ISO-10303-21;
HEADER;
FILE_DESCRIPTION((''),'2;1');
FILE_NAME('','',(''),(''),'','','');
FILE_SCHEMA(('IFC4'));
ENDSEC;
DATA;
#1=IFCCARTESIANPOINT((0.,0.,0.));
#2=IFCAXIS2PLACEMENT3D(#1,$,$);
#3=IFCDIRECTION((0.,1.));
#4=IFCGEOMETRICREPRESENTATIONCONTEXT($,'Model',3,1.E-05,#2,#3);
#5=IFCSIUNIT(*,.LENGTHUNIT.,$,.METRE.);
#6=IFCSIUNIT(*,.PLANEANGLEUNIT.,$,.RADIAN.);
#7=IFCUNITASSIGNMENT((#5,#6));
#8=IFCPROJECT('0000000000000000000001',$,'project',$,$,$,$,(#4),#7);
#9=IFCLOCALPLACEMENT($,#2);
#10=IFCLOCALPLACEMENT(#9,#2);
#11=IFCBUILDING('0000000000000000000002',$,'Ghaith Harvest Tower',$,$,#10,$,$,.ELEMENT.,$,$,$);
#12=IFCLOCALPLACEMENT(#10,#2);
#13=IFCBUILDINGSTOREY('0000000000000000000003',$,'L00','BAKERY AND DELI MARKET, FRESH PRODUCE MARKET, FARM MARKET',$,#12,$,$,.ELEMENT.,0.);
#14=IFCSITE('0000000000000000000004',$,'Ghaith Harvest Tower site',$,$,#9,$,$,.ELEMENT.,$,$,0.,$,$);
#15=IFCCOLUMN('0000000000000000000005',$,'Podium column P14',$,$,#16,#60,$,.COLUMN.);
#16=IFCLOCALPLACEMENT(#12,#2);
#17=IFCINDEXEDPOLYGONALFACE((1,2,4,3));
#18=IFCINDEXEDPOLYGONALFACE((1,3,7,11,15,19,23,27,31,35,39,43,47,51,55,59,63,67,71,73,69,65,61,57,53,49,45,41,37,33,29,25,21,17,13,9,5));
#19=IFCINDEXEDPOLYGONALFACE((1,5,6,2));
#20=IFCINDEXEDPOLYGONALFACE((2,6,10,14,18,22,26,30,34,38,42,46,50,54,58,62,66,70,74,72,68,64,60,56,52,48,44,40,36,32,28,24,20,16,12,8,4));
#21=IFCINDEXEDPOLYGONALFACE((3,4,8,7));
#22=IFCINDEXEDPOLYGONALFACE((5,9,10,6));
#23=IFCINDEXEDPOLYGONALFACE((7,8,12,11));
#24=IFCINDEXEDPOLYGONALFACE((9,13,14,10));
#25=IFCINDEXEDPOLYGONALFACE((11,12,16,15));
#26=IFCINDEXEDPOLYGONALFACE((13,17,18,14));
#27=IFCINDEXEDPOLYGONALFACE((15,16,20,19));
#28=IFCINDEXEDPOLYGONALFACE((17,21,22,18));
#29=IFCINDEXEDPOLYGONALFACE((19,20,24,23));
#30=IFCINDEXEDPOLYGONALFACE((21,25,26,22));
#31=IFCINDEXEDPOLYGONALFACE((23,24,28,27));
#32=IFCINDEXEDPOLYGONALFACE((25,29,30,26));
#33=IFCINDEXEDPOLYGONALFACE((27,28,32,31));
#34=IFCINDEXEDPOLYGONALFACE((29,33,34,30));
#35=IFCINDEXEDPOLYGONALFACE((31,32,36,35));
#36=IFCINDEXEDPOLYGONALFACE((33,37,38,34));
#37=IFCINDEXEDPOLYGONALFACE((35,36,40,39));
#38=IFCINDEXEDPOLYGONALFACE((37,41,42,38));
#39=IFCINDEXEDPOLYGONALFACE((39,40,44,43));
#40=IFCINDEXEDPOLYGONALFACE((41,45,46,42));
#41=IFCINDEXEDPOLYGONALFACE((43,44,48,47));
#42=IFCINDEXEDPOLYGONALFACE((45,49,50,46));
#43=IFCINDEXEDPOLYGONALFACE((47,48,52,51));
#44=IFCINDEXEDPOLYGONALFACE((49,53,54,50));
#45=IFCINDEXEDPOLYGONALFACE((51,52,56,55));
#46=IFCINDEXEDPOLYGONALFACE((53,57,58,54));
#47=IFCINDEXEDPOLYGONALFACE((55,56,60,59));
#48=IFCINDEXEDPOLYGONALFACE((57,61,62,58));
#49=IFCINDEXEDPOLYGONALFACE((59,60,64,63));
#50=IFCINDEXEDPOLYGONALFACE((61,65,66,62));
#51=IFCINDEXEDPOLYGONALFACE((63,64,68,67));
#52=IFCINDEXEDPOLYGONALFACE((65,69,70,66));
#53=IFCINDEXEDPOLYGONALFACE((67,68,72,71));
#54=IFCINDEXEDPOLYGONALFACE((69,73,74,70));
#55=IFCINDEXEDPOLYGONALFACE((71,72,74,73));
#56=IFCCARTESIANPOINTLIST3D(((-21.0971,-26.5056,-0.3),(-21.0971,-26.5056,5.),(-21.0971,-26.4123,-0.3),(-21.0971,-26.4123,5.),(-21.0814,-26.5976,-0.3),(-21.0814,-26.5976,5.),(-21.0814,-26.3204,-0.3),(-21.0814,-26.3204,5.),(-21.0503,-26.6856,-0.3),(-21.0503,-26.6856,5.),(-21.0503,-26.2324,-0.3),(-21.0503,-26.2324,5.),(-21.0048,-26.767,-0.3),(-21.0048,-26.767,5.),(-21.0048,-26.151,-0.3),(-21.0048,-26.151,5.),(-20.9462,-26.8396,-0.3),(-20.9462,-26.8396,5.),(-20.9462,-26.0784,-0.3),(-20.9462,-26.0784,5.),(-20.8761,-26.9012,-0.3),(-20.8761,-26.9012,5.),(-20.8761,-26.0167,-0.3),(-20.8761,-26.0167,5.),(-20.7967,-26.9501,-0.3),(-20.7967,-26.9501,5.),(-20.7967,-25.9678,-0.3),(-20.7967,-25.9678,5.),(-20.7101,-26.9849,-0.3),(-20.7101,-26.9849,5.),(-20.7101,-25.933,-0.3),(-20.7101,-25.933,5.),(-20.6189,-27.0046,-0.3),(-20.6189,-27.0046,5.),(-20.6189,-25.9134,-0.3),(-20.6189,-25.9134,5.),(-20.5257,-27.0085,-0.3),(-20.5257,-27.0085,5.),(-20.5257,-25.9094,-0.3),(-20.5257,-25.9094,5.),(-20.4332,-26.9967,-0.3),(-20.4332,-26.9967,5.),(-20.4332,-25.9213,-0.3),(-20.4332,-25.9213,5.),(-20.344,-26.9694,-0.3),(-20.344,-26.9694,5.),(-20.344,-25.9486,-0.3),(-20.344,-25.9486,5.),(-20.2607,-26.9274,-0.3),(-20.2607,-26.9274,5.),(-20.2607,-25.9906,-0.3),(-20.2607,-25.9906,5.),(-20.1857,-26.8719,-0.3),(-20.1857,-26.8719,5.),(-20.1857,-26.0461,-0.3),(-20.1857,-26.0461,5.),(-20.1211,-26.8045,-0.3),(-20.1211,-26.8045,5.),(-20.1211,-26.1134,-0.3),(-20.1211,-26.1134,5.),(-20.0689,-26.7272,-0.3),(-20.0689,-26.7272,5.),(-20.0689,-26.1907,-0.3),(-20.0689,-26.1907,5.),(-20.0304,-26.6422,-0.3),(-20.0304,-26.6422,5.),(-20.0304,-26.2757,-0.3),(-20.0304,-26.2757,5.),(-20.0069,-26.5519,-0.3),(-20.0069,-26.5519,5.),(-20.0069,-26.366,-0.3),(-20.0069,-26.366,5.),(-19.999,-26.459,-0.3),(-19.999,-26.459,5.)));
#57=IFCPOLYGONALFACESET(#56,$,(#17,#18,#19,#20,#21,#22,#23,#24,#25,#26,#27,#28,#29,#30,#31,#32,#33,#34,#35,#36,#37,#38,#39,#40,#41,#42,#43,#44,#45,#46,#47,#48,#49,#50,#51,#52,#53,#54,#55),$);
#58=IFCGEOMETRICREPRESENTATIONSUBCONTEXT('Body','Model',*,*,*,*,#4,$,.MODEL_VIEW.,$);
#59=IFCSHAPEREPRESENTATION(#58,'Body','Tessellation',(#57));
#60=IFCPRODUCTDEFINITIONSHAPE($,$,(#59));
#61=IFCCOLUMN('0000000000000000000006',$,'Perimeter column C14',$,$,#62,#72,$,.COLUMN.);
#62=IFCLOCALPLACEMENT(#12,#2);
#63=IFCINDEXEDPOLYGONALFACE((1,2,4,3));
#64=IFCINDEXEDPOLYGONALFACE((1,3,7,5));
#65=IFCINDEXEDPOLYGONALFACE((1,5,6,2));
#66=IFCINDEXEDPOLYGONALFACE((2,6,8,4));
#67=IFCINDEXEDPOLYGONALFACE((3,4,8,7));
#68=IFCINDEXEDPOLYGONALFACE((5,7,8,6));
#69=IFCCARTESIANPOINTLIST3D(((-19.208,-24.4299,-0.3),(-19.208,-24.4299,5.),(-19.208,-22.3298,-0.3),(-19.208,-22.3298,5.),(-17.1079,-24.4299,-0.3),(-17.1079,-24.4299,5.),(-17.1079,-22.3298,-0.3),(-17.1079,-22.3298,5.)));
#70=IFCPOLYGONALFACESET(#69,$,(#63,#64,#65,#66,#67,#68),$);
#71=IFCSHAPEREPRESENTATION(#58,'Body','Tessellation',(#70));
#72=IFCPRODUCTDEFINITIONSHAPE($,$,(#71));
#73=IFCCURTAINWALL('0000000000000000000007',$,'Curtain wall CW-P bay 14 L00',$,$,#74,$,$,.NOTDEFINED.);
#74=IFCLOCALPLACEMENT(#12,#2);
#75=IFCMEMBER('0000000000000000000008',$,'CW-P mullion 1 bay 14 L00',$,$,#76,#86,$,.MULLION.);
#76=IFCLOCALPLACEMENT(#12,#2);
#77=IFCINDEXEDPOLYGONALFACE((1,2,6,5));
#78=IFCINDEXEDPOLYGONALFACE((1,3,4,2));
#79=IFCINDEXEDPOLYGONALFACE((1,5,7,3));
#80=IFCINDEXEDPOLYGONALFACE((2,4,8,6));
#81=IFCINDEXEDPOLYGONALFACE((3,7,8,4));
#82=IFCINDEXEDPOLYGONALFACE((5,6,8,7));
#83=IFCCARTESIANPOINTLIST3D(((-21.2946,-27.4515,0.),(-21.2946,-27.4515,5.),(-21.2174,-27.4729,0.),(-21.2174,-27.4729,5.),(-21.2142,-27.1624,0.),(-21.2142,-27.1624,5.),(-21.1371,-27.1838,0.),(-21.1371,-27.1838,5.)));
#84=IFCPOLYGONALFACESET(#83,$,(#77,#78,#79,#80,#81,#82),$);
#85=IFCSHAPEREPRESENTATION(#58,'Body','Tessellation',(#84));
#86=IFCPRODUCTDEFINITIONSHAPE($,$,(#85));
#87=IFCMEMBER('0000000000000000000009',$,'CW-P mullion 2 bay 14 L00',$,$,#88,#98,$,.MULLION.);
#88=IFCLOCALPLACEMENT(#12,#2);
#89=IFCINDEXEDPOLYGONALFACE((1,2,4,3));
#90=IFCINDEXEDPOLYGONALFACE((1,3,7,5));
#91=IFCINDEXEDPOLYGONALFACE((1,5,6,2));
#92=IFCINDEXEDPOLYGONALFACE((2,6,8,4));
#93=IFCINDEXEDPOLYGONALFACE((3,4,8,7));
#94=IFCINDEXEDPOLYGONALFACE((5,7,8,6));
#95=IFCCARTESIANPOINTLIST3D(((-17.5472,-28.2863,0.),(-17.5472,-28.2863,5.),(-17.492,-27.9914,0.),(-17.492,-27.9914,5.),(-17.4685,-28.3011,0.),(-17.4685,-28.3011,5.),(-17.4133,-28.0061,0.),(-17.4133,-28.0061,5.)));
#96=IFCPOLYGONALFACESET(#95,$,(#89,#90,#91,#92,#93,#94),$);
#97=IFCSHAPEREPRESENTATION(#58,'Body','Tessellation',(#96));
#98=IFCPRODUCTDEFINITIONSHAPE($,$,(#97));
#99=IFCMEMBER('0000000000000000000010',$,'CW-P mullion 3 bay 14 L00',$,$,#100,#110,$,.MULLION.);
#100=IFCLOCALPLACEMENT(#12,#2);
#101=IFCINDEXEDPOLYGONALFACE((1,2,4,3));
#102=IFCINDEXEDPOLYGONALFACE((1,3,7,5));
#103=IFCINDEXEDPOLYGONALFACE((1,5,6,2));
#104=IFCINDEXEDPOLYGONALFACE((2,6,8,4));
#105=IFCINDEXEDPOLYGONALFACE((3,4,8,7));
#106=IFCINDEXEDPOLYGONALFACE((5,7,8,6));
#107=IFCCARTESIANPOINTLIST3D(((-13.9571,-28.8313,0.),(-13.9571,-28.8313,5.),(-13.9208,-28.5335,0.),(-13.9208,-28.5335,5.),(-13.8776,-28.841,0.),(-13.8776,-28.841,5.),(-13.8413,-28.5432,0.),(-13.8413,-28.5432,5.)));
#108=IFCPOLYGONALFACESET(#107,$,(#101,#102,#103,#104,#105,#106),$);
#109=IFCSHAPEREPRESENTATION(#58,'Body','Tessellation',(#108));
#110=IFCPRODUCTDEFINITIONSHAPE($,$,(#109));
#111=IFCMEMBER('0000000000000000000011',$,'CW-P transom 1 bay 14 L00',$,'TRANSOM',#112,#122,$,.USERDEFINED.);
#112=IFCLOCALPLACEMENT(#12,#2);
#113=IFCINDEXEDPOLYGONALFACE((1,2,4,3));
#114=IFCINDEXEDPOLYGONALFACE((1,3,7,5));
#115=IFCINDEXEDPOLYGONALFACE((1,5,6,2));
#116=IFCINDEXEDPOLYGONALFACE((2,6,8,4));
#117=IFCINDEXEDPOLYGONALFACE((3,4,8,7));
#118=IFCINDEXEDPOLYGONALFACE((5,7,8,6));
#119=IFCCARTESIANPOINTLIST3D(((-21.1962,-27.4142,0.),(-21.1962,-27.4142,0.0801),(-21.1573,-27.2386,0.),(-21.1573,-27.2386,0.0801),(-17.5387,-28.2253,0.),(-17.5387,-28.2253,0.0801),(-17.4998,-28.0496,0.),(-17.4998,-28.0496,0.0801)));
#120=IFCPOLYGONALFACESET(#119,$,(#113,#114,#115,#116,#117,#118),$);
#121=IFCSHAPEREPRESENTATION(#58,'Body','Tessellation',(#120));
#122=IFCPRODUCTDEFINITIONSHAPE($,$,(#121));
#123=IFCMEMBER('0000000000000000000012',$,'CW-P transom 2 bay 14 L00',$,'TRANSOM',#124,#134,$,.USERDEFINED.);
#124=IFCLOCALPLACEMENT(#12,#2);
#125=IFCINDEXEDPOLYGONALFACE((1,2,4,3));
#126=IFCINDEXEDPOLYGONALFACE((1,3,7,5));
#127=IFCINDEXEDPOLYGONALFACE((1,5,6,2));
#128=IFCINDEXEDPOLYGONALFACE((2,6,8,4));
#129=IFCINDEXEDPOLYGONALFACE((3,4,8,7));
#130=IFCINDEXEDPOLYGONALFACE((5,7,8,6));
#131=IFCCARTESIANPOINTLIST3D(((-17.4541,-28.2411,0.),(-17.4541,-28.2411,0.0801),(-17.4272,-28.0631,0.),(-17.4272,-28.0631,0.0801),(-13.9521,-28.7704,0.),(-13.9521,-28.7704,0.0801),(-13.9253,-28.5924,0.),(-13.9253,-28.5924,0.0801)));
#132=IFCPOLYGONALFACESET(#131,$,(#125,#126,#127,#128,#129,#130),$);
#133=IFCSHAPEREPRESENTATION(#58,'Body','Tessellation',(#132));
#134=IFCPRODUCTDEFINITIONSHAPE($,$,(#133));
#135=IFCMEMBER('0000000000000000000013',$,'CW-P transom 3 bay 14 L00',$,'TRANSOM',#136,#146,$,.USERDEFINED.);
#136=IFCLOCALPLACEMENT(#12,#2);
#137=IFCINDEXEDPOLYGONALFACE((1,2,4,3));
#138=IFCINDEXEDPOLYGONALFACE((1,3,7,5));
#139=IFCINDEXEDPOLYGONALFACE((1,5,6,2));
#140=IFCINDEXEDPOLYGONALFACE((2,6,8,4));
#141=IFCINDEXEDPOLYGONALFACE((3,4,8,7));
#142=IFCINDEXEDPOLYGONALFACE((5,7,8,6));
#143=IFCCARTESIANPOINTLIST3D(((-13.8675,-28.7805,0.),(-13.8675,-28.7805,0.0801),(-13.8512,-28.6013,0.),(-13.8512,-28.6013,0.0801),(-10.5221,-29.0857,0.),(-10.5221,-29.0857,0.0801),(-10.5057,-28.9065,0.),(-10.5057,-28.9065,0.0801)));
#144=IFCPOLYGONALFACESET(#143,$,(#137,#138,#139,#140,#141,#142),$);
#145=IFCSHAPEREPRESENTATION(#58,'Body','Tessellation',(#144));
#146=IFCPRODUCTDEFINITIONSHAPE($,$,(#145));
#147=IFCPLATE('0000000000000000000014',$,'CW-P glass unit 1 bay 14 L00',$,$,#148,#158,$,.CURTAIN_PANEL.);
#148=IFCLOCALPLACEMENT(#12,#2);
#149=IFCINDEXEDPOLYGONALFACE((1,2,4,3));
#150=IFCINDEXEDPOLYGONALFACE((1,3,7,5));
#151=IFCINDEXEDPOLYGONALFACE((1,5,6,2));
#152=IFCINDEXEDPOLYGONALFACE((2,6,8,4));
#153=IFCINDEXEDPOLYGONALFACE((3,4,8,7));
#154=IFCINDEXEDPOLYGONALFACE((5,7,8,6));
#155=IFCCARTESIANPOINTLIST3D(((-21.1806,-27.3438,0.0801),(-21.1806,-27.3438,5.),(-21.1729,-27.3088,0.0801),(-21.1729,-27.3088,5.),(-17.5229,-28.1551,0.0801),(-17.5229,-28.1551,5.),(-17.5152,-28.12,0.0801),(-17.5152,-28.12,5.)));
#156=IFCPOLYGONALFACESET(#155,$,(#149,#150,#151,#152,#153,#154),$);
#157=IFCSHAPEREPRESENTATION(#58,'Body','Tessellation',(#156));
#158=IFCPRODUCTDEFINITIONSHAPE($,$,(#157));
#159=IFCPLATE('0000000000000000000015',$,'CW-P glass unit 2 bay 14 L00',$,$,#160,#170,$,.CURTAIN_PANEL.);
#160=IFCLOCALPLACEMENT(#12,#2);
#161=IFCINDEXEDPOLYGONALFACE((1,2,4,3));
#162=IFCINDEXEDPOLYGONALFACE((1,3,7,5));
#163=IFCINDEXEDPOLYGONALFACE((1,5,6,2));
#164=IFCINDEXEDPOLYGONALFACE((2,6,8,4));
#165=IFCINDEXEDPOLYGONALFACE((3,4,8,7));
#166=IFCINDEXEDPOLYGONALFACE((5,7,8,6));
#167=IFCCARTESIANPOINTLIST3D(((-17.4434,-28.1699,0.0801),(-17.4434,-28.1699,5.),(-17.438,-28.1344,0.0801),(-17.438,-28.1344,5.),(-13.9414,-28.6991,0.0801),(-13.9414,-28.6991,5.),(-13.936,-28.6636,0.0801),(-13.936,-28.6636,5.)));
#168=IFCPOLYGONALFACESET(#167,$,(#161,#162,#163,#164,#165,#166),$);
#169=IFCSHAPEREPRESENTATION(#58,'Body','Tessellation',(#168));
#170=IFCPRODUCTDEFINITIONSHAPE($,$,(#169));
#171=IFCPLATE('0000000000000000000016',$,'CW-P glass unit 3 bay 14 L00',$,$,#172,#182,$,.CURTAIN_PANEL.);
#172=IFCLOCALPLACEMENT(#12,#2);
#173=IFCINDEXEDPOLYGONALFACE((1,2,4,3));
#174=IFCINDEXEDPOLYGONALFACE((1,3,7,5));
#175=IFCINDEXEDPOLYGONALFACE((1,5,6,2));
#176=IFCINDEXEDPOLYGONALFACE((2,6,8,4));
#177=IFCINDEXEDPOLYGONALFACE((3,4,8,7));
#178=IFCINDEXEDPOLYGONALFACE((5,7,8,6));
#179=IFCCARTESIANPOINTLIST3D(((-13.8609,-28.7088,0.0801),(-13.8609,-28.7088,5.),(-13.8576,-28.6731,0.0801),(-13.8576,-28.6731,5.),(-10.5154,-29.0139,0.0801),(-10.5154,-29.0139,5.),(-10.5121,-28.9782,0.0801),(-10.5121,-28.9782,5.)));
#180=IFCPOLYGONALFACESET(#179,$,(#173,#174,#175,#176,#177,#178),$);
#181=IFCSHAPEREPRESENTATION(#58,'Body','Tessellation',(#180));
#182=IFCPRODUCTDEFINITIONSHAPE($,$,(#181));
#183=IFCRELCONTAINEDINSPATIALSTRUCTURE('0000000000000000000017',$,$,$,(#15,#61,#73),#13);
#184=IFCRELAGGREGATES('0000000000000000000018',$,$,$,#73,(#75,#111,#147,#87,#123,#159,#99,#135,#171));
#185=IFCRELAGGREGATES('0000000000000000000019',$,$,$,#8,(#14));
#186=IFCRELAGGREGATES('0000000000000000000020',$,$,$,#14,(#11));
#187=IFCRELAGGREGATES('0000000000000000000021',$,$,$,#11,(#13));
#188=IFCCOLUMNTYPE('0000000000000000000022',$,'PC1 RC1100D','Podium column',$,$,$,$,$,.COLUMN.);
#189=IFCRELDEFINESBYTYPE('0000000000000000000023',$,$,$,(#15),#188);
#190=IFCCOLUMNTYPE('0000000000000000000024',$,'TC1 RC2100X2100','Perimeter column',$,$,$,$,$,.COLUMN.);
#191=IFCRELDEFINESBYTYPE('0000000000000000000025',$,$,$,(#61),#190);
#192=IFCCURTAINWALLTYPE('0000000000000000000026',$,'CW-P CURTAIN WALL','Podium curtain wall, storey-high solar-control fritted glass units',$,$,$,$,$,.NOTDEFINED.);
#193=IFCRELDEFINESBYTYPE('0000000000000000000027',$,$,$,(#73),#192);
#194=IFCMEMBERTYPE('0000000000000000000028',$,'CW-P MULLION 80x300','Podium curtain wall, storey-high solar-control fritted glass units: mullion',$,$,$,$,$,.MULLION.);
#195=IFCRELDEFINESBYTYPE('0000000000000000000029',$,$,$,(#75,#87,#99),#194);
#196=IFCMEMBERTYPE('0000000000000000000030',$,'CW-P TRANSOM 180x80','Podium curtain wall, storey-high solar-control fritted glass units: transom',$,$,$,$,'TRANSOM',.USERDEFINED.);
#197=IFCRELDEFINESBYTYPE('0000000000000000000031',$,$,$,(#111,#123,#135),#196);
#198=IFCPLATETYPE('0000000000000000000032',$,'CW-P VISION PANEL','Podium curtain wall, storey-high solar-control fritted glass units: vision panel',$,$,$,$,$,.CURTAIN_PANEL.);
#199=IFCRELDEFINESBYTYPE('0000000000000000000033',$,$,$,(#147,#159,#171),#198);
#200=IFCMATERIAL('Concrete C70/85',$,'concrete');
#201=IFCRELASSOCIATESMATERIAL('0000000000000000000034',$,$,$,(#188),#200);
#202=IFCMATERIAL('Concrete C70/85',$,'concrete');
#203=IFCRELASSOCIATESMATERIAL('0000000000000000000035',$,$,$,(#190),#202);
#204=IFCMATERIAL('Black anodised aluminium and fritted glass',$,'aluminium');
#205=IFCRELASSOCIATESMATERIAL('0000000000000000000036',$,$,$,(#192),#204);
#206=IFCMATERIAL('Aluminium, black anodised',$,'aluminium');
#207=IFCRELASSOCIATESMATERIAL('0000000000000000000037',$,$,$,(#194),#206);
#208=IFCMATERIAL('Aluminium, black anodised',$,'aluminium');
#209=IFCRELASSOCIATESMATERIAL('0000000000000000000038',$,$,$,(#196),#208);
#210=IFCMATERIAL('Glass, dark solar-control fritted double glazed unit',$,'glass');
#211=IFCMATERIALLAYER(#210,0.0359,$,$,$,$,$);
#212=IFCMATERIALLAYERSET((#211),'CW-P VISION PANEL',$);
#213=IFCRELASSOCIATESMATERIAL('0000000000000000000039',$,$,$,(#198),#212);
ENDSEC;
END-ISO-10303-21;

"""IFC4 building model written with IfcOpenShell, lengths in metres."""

from ifc_helpers import new_model, si_unit, direction, frame, origin, origin_2d, place, context, subcontext, project, spatial, rectangle, circle, extrude, material, layer, layer_set, material_profile, profile_set, type_object, element, aggregate, save


model = new_model("IFC4")

# Units and contexts
model_context = context("Model", 3, precision=1e-05, world=origin(), true_north=direction((0.0, 1.0)))
body_context = subcontext(model_context, "Body", "Model", "MODEL_VIEW")
ifc_project = project(units=[si_unit("LENGTHUNIT", "METRE"), si_unit("PLANEANGLEUNIT", "RADIAN")], contexts=[model_context])

# Site, building, storey
site_placement = place(None, origin())
site = spatial("IfcSite", under=ifc_project, at=site_placement, Name="Ghaith Harvest Tower site", CompositionType="ELEMENT", RefElevation=0.0)
building_placement = place(site_placement, origin())
building = spatial("IfcBuilding", under=site, at=building_placement, Name="Ghaith Harvest Tower", CompositionType="ELEMENT")
storey_placement = place(building_placement, origin())
storey = spatial("IfcBuildingStorey", under=building, at=storey_placement, Name="L00", Description="BAKERY AND DELI MARKET, FRESH PRODUCE MARKET, FARM MARKET", CompositionType="ELEMENT", Elevation=0.0)

# Columns
ifc_material_1 = material(Name="Concrete C70/85", Category="concrete")
ifc_material_profile_1 = material_profile(ifc_material_1, circle(Radius=0.55, at=origin_2d()), Name="RC1100D")
ifc_profile_set_1 = profile_set([ifc_material_profile_1], Name="Concrete C70/85")
column_type_1 = type_object("IfcColumnType", Name="PC1 RC1100D", Description="Podium column", PredefinedType="COLUMN", material=ifc_profile_set_1)
column_1_placement = place(storey_placement, frame((-20.5491, -26.459, -0.3), z_axis=(0.0, 0.0, 1.0), x_axis=(1.0, 0.0, 0.0)))
element("IfcColumn", 1, at=column_1_placement, inside=storey, type_object=column_type_1, Name="Podium column P14", PredefinedType="COLUMN", context=body_context, shape_type="SweptSolid", body=[
    extrude(circle(Radius=0.55, at=origin_2d()), origin(), (0.0, 0.0, 1.0), 5.3),
])
ifc_material_2 = material(Name="Concrete C70/85", Category="concrete")
ifc_material_profile_2 = material_profile(ifc_material_2, rectangle(XDim=2.1001, YDim=2.1001, at=origin_2d()), Name="RC2100X2100")
ifc_profile_set_2 = profile_set([ifc_material_profile_2], Name="Concrete C70/85")
column_type_2 = type_object("IfcColumnType", Name="TC1 RC2100X2100", Description="Perimeter column", PredefinedType="COLUMN", material=ifc_profile_set_2)
column_2_placement = place(storey_placement, frame((-18.158, -23.3799, -0.3), z_axis=(0.0, 0.0, 1.0), x_axis=(1.0, 0.0, 0.0)))
element("IfcColumn", 2, at=column_2_placement, inside=storey, type_object=column_type_2, Name="Perimeter column C14", PredefinedType="COLUMN", context=body_context, shape_type="SweptSolid", body=[
    extrude(rectangle(XDim=2.1001, YDim=2.1001, at=origin_2d()), origin(), (0.0, 0.0, 1.0), 5.3),
])

# Curtain wall, members, plates
ifc_material_3 = material(Name="Black anodised aluminium and fritted glass", Category="aluminium")
curtain_wall_type = type_object("IfcCurtainWallType", Name="CW-P CURTAIN WALL", Description="Podium curtain wall, storey-high solar-control fritted glass units", PredefinedType="NOTDEFINED", material=ifc_material_3)
curtain_wall_placement = place(storey_placement, origin())
curtain_wall = element("IfcCurtainWall", 3, at=curtain_wall_placement, inside=storey, type_object=curtain_wall_type, Name="Curtain wall CW-P bay 14 L00", PredefinedType="NOTDEFINED")
ifc_material_4 = material(Name="Aluminium, black anodised", Category="aluminium")
ifc_material_profile_3 = material_profile(ifc_material_4, rectangle(XDim=0.0801, YDim=0.3, at=origin_2d()), Name="CW-P MULLION 80x300")
ifc_profile_set_3 = profile_set([ifc_material_profile_3], Name="Aluminium, black anodised")
member_type_1 = type_object("IfcMemberType", Name="CW-P MULLION 80x300", Description="Podium curtain wall, storey-high solar-control fritted glass units: mullion", PredefinedType="MULLION", material=ifc_profile_set_3)
member_1_placement = place(storey_placement, frame((-21.2158, -27.3176, 0.0), z_axis=(0.0, 0.0, 1.0), x_axis=(0.963516, -0.267652, 0.0)))
member_1 = element("IfcMember", 4, at=member_1_placement, type_object=member_type_1, Name="CW-P mullion 1 bay 14 L00", PredefinedType="MULLION", context=body_context, shape_type="SweptSolid", body=[
    extrude(rectangle(XDim=0.0801, YDim=0.3, at=origin_2d()), origin(), (0.0, 0.0, 1.0), 5.0),
])
member_2_placement = place(storey_placement, frame((-17.4802, -28.1462, 0.0), z_axis=(0.0, 0.0, 1.0), x_axis=(0.982926, -0.184001, 0.0)))
member_2 = element("IfcMember", 5, at=member_2_placement, type_object=member_type_1, Name="CW-P mullion 2 bay 14 L00", PredefinedType="MULLION", context=body_context, shape_type="SweptSolid", body=[
    extrude(rectangle(XDim=0.0801, YDim=0.3, at=origin_2d()), origin(), (0.0, 0.0, 1.0), 5.0),
])
member_3_placement = place(storey_placement, frame((-13.8992, -28.6873, 0.0), z_axis=(0.0, 0.0, 1.0), x_axis=(0.992662, -0.120923, 0.0)))
member_3 = element("IfcMember", 6, at=member_3_placement, type_object=member_type_1, Name="CW-P mullion 3 bay 14 L00", PredefinedType="MULLION", context=body_context, shape_type="SweptSolid", body=[
    extrude(rectangle(XDim=0.0801, YDim=0.3, at=origin_2d()), origin(), (0.0, 0.0, 1.0), 5.0),
])
ifc_material_5 = material(Name="Aluminium, black anodised", Category="aluminium")
ifc_material_profile_4 = material_profile(ifc_material_5, rectangle(XDim=0.1799, YDim=0.0801, at=origin_2d()), Name="CW-P TRANSOM 180x80")
ifc_profile_set_4 = profile_set([ifc_material_profile_4], Name="Aluminium, black anodised")
member_type_2 = type_object("IfcMemberType", Name="CW-P TRANSOM 180x80", Description="Podium curtain wall, storey-high solar-control fritted glass units: transom", ElementType="TRANSOM", PredefinedType="USERDEFINED", material=ifc_profile_set_4)
member_4_placement = place(storey_placement, frame((-21.1768, -27.3264, 0.04), z_axis=(0.976285, -0.216489, 0.0), x_axis=(0.216489, 0.976285, 0.0)))
member_4 = element("IfcMember", 7, at=member_4_placement, type_object=member_type_2, Name="CW-P transom 1 bay 14 L00", ObjectType="TRANSOM", PredefinedType="USERDEFINED", context=body_context, shape_type="SweptSolid", body=[
    extrude(rectangle(XDim=0.1799, YDim=0.0801, at=origin_2d()), origin(), (0.0, 0.0, 1.0), 3.7463),
])
member_5_placement = place(storey_placement, frame((-17.4407, -28.1521, 0.04), z_axis=(0.98877, -0.149446, 0.0), x_axis=(0.149446, 0.98877, 0.0)))
member_5 = element("IfcMember", 8, at=member_5_placement, type_object=member_type_2, Name="CW-P transom 2 bay 14 L00", ObjectType="TRANSOM", PredefinedType="USERDEFINED", context=body_context, shape_type="SweptSolid", body=[
    extrude(rectangle(XDim=0.1799, YDim=0.0801, at=origin_2d()), origin(), (0.0, 0.0, 1.0), 3.5417),
])
member_6_placement = place(storey_placement, frame((-13.8594, -28.6909, 0.04), z_axis=(0.995865, -0.090844, 0.0), x_axis=(0.090844, 0.995865, 0.0)))
member_6 = element("IfcMember", 9, at=member_6_placement, type_object=member_type_2, Name="CW-P transom 3 bay 14 L00", ObjectType="TRANSOM", PredefinedType="USERDEFINED", context=body_context, shape_type="SweptSolid", body=[
    extrude(rectangle(XDim=0.1799, YDim=0.0801, at=origin_2d()), origin(), (0.0, 0.0, 1.0), 3.3594),
])
ifc_material_6 = material(Name="Glass, dark solar-control fritted double glazed unit", Category="glass")
ifc_layer_1 = layer(ifc_material_6, 0.0359)
ifc_layer_set_1 = layer_set([ifc_layer_1], Name="CW-P VISION PANEL")
plate_type = type_object("IfcPlateType", Name="CW-P VISION PANEL", Description="Podium curtain wall, storey-high solar-control fritted glass units: vision panel", PredefinedType="CURTAIN_PANEL", material=ifc_layer_set_1)
plate_1_placement = place(storey_placement, frame((-19.3479, -27.7319, 0.0801), z_axis=(0.0, 0.0, 1.0), x_axis=(0.976277, -0.216524, 0.0)))
plate_1 = element("IfcPlate", 10, at=plate_1_placement, type_object=plate_type, Name="CW-P glass unit 1 bay 14 L00", PredefinedType="CURTAIN_PANEL", context=body_context, shape_type="SweptSolid", body=[
    extrude(rectangle(XDim=3.7466, YDim=0.0359, at=origin_2d()), origin(), (0.0, 0.0, 1.0), 4.9199),
])
plate_2_placement = place(storey_placement, frame((-15.6897, -28.4167, 0.0801), z_axis=(0.0, 0.0, 1.0), x_axis=(0.988774, -0.149419, 0.0)))
plate_2 = element("IfcPlate", 11, at=plate_2_placement, type_object=plate_type, Name="CW-P glass unit 2 bay 14 L00", PredefinedType="CURTAIN_PANEL", context=body_context, shape_type="SweptSolid", body=[
    extrude(rectangle(XDim=3.5417, YDim=0.0359, at=origin_2d()), origin(), (0.0, 0.0, 1.0), 4.9199),
])
plate_3_placement = place(storey_placement, frame((-12.1865, -28.8435, 0.0801), z_axis=(0.0, 0.0, 1.0), x_axis=(0.995868, -0.090808, 0.0)))
plate_3 = element("IfcPlate", 12, at=plate_3_placement, type_object=plate_type, Name="CW-P glass unit 3 bay 14 L00", PredefinedType="CURTAIN_PANEL", context=body_context, shape_type="SweptSolid", body=[
    extrude(rectangle(XDim=3.3594, YDim=0.0359, at=origin_2d()), origin(), (0.0, 0.0, 1.0), 4.9199),
])
aggregate(curtain_wall, [member_1, member_4, plate_1, member_2, member_5, plate_2, member_3, member_6, plate_3])

save(model, "model.ifc")
